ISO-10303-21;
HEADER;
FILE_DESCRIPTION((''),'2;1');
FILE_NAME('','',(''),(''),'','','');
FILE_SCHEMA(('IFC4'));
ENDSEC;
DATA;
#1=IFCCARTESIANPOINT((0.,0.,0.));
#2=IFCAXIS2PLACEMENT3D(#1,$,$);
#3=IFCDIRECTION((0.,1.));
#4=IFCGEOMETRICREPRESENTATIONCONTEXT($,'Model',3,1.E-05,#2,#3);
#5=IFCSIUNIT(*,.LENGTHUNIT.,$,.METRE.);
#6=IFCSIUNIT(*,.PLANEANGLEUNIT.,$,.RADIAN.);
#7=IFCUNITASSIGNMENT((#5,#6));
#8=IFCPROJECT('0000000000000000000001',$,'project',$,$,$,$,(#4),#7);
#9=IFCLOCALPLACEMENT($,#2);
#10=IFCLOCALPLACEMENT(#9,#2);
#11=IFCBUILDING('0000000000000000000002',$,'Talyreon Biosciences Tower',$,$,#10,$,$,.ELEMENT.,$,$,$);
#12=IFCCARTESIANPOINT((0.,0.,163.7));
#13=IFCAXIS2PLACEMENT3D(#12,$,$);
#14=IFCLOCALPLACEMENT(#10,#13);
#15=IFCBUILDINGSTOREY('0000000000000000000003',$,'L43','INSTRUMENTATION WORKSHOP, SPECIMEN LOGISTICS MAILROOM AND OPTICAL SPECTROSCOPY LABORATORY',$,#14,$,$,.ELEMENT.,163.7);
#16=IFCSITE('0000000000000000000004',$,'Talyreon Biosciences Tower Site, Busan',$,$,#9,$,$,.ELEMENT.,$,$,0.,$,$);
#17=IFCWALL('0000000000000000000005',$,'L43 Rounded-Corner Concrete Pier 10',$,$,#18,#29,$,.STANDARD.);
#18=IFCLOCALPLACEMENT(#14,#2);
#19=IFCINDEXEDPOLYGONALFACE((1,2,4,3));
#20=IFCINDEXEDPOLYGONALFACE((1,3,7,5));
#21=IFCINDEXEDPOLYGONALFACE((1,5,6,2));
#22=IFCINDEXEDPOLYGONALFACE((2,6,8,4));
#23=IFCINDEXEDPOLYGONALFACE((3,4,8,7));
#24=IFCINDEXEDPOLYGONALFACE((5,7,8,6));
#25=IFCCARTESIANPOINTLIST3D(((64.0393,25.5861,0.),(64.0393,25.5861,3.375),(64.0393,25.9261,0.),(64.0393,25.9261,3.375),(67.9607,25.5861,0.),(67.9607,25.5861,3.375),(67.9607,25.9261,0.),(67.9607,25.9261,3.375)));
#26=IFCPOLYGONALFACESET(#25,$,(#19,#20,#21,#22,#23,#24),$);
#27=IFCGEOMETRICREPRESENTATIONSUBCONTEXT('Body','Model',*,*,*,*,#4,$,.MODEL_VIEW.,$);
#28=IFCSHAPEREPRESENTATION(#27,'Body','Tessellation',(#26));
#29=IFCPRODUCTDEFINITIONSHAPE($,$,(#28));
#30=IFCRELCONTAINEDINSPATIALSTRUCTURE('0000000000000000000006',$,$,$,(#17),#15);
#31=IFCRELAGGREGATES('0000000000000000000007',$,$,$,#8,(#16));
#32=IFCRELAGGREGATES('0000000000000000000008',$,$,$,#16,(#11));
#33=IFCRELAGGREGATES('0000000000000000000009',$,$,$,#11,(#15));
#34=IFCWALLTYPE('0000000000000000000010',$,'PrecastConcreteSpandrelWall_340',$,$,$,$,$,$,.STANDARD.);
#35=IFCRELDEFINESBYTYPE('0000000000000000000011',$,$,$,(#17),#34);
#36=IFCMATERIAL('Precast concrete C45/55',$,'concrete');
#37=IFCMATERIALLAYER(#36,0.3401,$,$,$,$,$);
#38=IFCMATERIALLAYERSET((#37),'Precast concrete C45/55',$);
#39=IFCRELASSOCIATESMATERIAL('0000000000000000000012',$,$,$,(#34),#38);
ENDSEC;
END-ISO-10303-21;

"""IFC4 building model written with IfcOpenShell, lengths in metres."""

from ifc_helpers import new_model, si_unit, direction, frame, frame_2d, origin, place, context, subcontext, project, spatial, rectangle, extrude, material, layer, layer_set, type_object, element, save


model = new_model("IFC4")

# Units and contexts
model_context = context("Model", 3, precision=1e-05, world=origin(), true_north=direction((0.0, 1.0)))
body_context = subcontext(model_context, "Body", "Model", "MODEL_VIEW")
ifc_project = project(units=[si_unit("LENGTHUNIT", "METRE"), si_unit("PLANEANGLEUNIT", "RADIAN")], contexts=[model_context])

# Site, building, storey
site_placement = place(None, origin())
site = spatial("IfcSite", under=ifc_project, at=site_placement, Name="Talyreon Biosciences Tower Site, Busan", CompositionType="ELEMENT", RefElevation=0.0)
building_placement = place(site_placement, origin())
building = spatial("IfcBuilding", under=site, at=building_placement, Name="Talyreon Biosciences Tower", CompositionType="ELEMENT")
storey_placement = place(building_placement, frame((0.0, 0.0, 163.7)))
storey = spatial("IfcBuildingStorey", under=building, at=storey_placement, Name="L43", Description="INSTRUMENTATION WORKSHOP, SPECIMEN LOGISTICS MAILROOM AND OPTICAL SPECTROSCOPY LABORATORY", CompositionType="ELEMENT", Elevation=163.7)

# Shared definitions
ifc_material_1 = material(Name="Precast concrete C45/55", Category="concrete")

# Wall
ifc_layer_1 = layer(ifc_material_1, 0.3401)
ifc_layer_set_1 = layer_set([ifc_layer_1], Name="Precast concrete C45/55")
wall_type_1 = type_object("IfcWallType", Name="PrecastConcreteSpandrelWall_340", PredefinedType="STANDARD", material=ifc_layer_set_1)
for number, where, z_axis, x_axis, name in (
    (1, (67.9607, 25.7561, 0.0), (0.0, 0.0, 1.0), (-1.0, 0.0, 0.0), "L43 Rounded-Corner Concrete Pier 10"),
):
    element("IfcWall", number, at=place(storey_placement, frame(where, z_axis=z_axis, x_axis=x_axis)), inside=storey, type_object=wall_type_1, Name=name, PredefinedType="STANDARD", context=body_context, shape_type="SweptSolid", body=[
        extrude(rectangle(XDim=3.9214, YDim=0.3401, at=frame_2d((1.9607, 0.0))), origin(), (0.0, 0.0, 1.0), 3.375),
    ])

save(model, "model.ifc")
